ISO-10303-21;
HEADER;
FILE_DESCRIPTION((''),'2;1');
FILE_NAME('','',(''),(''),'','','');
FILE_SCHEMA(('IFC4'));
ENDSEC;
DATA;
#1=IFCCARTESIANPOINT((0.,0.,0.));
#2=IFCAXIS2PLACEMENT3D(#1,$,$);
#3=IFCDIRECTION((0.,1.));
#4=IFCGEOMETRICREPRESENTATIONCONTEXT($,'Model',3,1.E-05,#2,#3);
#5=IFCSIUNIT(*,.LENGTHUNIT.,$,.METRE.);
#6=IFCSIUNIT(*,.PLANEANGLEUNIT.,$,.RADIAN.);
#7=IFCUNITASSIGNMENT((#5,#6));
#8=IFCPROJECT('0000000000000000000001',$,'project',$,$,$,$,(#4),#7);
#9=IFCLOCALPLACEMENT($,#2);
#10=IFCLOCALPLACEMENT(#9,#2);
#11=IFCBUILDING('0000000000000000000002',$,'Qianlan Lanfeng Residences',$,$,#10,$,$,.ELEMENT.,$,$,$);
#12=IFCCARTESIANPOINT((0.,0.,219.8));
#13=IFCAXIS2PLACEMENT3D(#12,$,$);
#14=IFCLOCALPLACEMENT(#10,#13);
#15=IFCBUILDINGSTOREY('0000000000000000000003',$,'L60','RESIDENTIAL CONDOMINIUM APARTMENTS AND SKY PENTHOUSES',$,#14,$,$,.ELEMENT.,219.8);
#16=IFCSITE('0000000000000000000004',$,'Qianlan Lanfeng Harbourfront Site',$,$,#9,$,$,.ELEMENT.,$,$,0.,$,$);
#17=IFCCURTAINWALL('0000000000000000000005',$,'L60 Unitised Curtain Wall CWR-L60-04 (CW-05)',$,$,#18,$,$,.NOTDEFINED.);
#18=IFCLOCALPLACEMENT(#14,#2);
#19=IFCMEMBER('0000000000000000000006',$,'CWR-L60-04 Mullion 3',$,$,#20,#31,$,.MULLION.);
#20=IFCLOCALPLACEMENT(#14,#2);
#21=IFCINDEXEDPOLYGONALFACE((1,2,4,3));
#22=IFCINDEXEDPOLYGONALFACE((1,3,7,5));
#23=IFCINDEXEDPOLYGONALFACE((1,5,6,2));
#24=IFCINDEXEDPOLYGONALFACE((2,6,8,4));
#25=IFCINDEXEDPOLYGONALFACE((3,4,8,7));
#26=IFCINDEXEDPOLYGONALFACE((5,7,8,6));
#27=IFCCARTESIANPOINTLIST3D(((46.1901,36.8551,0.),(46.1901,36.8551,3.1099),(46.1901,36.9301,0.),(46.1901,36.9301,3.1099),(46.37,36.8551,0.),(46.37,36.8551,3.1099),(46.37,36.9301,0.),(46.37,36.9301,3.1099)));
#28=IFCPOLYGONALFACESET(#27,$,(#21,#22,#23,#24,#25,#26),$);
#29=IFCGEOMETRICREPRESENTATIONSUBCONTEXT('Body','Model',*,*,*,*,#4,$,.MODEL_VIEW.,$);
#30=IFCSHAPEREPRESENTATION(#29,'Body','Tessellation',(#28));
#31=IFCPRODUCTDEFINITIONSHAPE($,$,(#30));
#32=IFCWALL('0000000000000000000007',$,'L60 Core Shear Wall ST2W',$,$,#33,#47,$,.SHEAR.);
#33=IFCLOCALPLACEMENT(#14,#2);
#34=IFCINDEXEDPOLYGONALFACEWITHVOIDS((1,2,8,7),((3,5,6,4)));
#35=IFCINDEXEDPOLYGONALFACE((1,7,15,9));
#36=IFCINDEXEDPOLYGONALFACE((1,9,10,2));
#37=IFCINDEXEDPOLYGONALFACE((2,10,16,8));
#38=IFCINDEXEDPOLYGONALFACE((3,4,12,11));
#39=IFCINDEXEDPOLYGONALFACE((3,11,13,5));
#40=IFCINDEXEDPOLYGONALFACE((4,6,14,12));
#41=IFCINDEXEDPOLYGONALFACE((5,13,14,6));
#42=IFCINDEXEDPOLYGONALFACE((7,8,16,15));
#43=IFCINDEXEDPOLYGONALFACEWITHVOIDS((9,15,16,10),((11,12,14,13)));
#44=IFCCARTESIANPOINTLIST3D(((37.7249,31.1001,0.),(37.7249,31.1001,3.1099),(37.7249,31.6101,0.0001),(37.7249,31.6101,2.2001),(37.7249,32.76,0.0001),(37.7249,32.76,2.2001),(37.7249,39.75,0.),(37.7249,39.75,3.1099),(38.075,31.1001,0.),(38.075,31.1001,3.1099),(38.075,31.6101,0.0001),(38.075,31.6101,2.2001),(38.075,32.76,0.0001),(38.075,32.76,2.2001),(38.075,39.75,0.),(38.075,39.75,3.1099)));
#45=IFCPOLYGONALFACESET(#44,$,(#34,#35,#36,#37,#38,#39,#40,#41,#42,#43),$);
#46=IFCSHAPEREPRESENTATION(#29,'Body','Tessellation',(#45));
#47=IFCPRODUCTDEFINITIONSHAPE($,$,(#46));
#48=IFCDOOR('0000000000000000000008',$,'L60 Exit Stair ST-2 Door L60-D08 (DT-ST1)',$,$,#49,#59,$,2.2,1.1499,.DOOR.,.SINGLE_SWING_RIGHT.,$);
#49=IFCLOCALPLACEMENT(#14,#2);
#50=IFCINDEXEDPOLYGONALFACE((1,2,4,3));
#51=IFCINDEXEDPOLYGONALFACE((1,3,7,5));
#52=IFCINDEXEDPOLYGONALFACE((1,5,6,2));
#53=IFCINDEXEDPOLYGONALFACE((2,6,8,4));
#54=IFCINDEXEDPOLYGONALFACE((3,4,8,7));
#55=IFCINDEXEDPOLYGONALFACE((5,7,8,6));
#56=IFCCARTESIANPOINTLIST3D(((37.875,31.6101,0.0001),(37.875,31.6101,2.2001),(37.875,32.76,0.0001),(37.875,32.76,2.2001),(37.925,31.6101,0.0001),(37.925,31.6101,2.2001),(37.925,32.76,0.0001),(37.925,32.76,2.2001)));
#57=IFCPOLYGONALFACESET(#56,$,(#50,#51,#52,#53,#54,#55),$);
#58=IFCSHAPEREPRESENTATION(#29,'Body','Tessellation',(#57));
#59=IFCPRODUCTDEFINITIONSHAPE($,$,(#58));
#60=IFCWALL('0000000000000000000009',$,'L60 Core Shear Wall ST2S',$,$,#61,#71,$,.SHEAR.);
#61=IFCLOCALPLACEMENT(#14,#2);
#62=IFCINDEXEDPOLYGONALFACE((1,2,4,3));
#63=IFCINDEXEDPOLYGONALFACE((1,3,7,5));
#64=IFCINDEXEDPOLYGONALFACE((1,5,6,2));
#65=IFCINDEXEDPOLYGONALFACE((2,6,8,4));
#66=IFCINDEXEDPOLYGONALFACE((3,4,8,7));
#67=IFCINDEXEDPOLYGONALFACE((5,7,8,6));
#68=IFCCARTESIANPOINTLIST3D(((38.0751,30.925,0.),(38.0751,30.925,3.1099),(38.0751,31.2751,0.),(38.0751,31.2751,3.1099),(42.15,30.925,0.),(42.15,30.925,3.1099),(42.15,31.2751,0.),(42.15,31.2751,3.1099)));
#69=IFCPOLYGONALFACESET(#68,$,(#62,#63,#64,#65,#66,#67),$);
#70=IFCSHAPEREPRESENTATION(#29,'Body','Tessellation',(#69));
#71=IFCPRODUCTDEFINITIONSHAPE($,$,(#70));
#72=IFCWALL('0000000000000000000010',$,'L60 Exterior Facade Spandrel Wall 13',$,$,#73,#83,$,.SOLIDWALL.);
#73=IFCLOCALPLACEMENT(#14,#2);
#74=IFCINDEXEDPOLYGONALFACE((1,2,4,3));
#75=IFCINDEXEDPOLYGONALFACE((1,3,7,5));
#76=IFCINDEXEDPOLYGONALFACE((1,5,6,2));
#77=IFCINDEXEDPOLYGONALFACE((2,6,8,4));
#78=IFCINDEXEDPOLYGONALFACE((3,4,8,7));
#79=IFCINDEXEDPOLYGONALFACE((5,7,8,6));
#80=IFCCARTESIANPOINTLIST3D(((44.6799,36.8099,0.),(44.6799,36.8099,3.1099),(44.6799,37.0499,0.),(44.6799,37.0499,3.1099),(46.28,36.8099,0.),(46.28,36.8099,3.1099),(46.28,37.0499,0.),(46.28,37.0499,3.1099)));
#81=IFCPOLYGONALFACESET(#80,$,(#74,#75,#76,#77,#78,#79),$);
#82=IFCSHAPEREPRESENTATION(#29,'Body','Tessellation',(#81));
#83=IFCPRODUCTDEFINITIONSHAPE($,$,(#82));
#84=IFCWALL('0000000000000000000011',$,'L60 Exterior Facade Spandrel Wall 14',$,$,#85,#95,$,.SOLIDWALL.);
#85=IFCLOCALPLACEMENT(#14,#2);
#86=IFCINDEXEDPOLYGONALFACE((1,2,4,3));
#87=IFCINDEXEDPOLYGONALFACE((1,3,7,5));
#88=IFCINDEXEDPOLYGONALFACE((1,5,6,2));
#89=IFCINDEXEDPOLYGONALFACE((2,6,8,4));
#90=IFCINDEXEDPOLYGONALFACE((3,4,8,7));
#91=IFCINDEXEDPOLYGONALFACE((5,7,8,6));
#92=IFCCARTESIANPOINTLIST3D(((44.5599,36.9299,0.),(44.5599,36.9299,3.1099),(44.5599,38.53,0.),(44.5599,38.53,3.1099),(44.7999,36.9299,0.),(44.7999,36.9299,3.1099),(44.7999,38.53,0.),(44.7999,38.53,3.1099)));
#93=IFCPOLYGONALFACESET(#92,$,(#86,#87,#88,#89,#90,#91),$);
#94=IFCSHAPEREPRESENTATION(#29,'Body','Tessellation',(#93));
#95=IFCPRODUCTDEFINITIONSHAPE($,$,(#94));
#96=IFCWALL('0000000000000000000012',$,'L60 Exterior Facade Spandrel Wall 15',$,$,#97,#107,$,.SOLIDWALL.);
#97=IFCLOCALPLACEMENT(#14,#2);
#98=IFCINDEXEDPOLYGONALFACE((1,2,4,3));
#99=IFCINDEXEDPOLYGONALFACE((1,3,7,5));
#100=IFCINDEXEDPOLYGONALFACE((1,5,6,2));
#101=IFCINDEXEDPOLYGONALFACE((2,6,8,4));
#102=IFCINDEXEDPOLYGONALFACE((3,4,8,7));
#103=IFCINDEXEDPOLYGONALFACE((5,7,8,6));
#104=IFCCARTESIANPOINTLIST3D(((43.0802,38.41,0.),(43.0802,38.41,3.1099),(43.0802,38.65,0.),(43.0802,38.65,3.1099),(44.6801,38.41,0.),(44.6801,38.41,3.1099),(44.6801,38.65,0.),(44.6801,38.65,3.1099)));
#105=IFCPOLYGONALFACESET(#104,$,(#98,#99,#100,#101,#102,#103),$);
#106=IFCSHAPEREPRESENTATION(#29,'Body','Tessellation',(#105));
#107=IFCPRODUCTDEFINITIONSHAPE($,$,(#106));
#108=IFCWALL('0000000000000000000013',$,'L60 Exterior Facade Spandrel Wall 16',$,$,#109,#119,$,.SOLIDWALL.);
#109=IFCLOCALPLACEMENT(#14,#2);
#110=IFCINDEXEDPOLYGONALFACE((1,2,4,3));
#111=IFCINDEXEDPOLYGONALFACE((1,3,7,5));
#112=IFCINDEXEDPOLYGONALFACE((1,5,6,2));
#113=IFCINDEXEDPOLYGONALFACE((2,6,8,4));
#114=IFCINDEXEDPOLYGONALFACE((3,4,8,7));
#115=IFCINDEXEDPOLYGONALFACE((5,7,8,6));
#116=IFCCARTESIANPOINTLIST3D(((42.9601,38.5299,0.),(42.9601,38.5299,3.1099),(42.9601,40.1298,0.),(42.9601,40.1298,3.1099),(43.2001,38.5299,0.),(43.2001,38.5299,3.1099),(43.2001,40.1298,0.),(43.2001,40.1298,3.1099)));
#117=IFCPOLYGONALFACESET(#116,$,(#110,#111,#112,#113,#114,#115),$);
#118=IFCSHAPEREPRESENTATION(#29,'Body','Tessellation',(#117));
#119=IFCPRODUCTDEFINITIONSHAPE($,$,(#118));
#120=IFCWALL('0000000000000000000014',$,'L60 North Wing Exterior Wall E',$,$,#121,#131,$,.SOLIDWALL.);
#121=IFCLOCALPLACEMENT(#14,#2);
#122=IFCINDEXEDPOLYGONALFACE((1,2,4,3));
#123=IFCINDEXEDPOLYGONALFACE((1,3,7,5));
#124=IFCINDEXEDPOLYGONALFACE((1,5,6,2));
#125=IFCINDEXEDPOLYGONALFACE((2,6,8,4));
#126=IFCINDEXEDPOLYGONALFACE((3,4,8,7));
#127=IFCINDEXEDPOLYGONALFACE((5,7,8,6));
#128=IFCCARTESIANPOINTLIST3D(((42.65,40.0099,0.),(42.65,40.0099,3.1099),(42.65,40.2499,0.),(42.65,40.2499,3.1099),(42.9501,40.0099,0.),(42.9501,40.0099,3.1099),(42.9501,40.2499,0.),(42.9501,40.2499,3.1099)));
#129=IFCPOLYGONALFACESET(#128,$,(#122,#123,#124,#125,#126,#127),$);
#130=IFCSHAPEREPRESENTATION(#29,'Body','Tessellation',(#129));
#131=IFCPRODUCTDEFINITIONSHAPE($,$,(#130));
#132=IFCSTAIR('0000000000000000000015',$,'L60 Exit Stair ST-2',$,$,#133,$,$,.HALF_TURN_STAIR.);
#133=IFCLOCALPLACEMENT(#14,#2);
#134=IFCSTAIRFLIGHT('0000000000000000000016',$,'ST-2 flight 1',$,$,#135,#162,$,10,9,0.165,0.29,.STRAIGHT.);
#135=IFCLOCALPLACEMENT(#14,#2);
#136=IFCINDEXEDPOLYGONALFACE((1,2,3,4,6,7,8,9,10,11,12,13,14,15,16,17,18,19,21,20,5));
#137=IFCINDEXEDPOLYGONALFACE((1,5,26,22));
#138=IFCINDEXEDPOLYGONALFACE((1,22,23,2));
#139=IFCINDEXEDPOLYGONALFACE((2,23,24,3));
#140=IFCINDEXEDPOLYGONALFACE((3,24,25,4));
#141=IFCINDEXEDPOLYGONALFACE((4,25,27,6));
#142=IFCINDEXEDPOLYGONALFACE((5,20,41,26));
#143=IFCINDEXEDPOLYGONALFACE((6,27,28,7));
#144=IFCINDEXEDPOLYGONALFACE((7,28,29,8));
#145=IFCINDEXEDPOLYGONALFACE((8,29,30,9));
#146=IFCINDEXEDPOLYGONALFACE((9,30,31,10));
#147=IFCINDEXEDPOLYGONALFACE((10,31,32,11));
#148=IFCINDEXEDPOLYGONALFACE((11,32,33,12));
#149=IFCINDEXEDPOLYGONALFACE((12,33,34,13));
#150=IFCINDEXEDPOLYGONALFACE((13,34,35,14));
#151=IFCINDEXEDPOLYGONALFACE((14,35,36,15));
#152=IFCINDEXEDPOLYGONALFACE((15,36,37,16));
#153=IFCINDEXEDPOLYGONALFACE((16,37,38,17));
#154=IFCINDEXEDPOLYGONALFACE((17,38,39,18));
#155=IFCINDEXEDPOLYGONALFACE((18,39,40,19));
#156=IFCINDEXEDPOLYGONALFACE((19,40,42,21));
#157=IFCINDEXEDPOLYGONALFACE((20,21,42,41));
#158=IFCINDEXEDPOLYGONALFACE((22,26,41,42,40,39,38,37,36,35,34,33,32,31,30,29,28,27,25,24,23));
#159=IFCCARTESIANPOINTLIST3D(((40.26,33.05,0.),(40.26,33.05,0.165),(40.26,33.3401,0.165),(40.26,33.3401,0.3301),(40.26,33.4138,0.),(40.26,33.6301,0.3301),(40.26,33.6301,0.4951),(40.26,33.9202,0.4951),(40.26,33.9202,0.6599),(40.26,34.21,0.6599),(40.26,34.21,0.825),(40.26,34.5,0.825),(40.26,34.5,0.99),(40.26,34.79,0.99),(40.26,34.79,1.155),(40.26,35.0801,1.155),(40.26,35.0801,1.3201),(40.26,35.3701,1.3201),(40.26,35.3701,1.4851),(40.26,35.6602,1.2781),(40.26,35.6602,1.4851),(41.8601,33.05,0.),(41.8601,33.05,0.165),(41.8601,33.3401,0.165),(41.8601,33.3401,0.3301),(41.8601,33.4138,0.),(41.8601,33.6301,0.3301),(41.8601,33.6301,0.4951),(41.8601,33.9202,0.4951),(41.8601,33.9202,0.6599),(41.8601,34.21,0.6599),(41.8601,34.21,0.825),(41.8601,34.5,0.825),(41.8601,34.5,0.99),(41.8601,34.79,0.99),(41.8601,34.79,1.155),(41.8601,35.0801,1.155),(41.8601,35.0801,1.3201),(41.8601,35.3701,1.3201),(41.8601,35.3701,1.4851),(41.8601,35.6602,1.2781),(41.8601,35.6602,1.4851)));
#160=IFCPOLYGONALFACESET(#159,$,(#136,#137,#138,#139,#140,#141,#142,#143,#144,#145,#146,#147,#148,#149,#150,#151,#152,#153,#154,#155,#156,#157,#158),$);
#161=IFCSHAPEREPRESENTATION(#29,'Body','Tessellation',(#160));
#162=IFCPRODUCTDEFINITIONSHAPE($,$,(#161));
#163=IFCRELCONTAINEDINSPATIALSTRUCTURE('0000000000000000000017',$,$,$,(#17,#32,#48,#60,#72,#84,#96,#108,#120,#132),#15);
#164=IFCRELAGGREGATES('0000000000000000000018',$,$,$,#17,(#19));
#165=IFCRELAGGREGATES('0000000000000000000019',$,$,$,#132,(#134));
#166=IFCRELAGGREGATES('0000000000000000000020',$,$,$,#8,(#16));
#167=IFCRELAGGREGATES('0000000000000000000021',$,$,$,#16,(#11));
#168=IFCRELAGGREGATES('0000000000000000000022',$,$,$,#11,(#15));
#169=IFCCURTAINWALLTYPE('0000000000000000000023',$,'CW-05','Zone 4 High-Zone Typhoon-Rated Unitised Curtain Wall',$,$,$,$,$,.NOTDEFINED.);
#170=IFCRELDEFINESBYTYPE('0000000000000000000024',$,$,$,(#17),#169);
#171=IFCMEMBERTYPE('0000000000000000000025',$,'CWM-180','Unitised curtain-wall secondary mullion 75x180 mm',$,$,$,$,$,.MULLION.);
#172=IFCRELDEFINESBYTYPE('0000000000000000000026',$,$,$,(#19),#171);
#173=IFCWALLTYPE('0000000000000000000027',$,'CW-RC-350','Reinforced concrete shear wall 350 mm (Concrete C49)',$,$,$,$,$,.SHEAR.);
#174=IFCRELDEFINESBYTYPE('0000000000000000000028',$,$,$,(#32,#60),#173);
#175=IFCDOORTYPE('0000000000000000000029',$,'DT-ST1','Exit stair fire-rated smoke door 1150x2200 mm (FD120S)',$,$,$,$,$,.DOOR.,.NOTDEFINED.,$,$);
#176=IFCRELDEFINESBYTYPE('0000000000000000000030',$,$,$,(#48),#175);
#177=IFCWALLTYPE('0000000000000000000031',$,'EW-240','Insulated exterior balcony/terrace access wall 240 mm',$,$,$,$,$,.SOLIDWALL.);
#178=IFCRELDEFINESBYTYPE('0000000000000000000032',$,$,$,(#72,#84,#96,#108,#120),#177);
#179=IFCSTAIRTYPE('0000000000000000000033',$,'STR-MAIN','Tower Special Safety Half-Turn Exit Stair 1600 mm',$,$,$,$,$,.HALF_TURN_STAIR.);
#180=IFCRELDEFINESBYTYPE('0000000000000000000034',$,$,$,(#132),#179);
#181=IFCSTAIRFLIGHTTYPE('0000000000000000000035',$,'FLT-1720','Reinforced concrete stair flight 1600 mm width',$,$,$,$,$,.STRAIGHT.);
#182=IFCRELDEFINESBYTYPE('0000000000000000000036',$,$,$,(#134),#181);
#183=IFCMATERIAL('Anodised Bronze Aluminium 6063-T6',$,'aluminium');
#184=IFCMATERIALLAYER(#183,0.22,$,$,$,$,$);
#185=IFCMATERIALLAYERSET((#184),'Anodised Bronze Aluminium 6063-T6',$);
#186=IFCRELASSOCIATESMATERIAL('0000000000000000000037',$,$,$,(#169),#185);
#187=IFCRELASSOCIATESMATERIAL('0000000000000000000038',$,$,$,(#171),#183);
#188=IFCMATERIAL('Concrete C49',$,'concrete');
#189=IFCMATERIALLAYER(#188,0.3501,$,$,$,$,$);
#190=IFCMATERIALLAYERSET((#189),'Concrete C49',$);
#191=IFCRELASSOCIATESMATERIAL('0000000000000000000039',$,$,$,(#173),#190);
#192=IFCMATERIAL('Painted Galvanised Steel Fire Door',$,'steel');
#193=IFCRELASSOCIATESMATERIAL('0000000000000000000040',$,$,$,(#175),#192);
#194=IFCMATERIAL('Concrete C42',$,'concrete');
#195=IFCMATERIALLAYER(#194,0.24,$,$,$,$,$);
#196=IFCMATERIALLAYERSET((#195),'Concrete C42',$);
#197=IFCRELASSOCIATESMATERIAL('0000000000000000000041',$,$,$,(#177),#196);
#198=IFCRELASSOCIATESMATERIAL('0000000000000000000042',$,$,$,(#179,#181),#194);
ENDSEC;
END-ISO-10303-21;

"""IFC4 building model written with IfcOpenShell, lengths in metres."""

from ifc_helpers import new_model, si_unit, direction, frame, frame_2d, origin, origin_2d, place, context, subcontext, project, spatial, polyline, rectangle, outline, extrude, source, transform, mapped, material, layer, layer_set, material_profile, profile_set, type_object, element, fill, aggregate, save


model = new_model("IFC4")

# Units and contexts
model_context = context("Model", 3, precision=1e-05, world=origin(), true_north=direction((0.0, 1.0)))
body_context = subcontext(model_context, "Body", "Model", "MODEL_VIEW")
ifc_project = project(units=[si_unit("LENGTHUNIT", "METRE"), si_unit("PLANEANGLEUNIT", "RADIAN")], contexts=[model_context])

# Site, building, storey
site_placement = place(None, origin())
site = spatial("IfcSite", under=ifc_project, at=site_placement, Name="Qianlan Lanfeng Harbourfront Site", CompositionType="ELEMENT", RefElevation=0.0)
building_placement = place(site_placement, origin())
building = spatial("IfcBuilding", under=site, at=building_placement, Name="Qianlan Lanfeng Residences", CompositionType="ELEMENT")
storey_placement = place(building_placement, frame((0.0, 0.0, 219.8)))
storey = spatial("IfcBuildingStorey", under=building, at=storey_placement, Name="L60", Description="RESIDENTIAL CONDOMINIUM APARTMENTS AND SKY PENTHOUSES", CompositionType="ELEMENT", Elevation=219.8)

# Curtain wall, member
ifc_material_1 = material(Name="Anodised Bronze Aluminium 6063-T6", Category="aluminium")
ifc_layer_1 = layer(ifc_material_1, 0.22)
ifc_layer_set_1 = layer_set([ifc_layer_1], Name="Anodised Bronze Aluminium 6063-T6")
curtain_wall_type = type_object("IfcCurtainWallType", Name="CW-05", Description="Zone 4 High-Zone Typhoon-Rated Unitised Curtain Wall", PredefinedType="NOTDEFINED", material=ifc_layer_set_1)
curtain_wall_placement = place(storey_placement, origin())
curtain_wall = element("IfcCurtainWall", 1, at=curtain_wall_placement, inside=storey, type_object=curtain_wall_type, Name="L60 Unitised Curtain Wall CWR-L60-04 (CW-05)", PredefinedType="NOTDEFINED")
ifc_material_profile = material_profile(ifc_material_1, rectangle(XDim=0.075, YDim=0.1799, at=origin_2d()), Name="ALU MULLION 75x180")
ifc_profile_set = profile_set([ifc_material_profile], Name="Anodised Bronze Aluminium 6063-T6")
member_type = type_object("IfcMemberType", Name="CWM-180", Description="Unitised curtain-wall secondary mullion 75x180 mm", PredefinedType="MULLION", material=ifc_profile_set)
shared_shape = source(origin(), body_context, "Body", "SweptSolid", [
    extrude(rectangle(XDim=0.075, YDim=0.1799, at=origin_2d()), origin(), (0.0, 0.0, 1.0), 3.1099),
])
member_placement = place(storey_placement, frame((46.28, 36.8926, 0.0), z_axis=(0.0, 0.0, 1.0), x_axis=(0.0, 1.0, 0.0)))
member = element("IfcMember", 2, at=member_placement, type_object=member_type, Name="CWR-L60-04 Mullion 3", PredefinedType="MULLION", context=body_context, shape_type="MappedRepresentation", body=[
    mapped(shared_shape, transform((0.0, 0.0, 0.0), scale=1.0)),
])
aggregate(curtain_wall, [member])

# Wall, opening, door
ifc_material_2 = material(Name="Concrete C49", Category="concrete")
ifc_layer_2 = layer(ifc_material_2, 0.3501)
ifc_layer_set_2 = layer_set([ifc_layer_2], Name="Concrete C49")
wall_type_1 = type_object("IfcWallType", Name="CW-RC-350", Description="Reinforced concrete shear wall 350 mm (Concrete C49)", PredefinedType="SHEAR", material=ifc_layer_set_2)
wall_1_placement = place(storey_placement, frame((37.8999, 31.1001, 0.0), z_axis=(0.0, 0.0, 1.0), x_axis=(0.0, 1.0, 0.0)))
wall_1 = element("IfcWall", 3, at=wall_1_placement, inside=storey, type_object=wall_type_1, Name="L60 Core Shear Wall ST2W", PredefinedType="SHEAR", context=body_context, shape_type="SweptSolid", body=[
    extrude(rectangle(XDim=8.6499, YDim=0.3501, at=frame_2d((4.325, 0.0))), origin(), (0.0, 0.0, 1.0), 3.1099),
])
opening_1_placement = place(wall_1_placement, frame((0.51, 0.0, 0.0)))
opening_1 = element("IfcOpeningElement", 4, at=opening_1_placement, cuts=wall_1, PredefinedType="OPENING", context=body_context, shape_type="SweptSolid", body=[
    extrude(rectangle(XDim=1.1499, YDim=2.2, at=frame_2d((0.575, 1.1001))), frame((0.0, 0.1851, 0.0), z_axis=(0.0, -1.0, 0.0), x_axis=(1.0, 0.0, 0.0)), (0.0, 0.0, 1.0), 0.3701),
])
ifc_material_3 = material(Name="Painted Galvanised Steel Fire Door", Category="steel")
door_type_1 = type_object("IfcDoorType", Name="DT-ST1", Description="Exit stair fire-rated smoke door 1150x2200 mm (FD120S)", OperationType="NOTDEFINED", PredefinedType="DOOR", material=ifc_material_3)
door_1_placement = place(opening_1_placement, origin())
door_1 = element("IfcDoor", 5, at=door_1_placement, inside=storey, type_object=door_type_1, Name="L60 Exit Stair ST-2 Door L60-D08 (DT-ST1)", OperationType="SINGLE_SWING_RIGHT", OverallHeight=2.2, OverallWidth=1.1499, PredefinedType="DOOR", context=body_context, shape_type="SweptSolid", body=[
    extrude(rectangle(XDim=1.1499, YDim=2.2, at=frame_2d((0.575, 1.1001))), frame((0.0, 0.0249, 0.0), z_axis=(0.0, -1.0, 0.0), x_axis=(1.0, 0.0, 0.0)), (0.0, 0.0, 1.0), 0.05),
])
fill(opening_1, door_1)

# Walls
wall_2_placement = place(storey_placement, frame((38.075, 31.1001, 0.0), z_axis=(0.0, 0.0, 1.0), x_axis=(1.0, 0.0, 0.0)))
element("IfcWall", 6, at=wall_2_placement, inside=storey, type_object=wall_type_1, Name="L60 Core Shear Wall ST2S", PredefinedType="SHEAR", context=body_context, shape_type="SweptSolid", body=[
    extrude(rectangle(XDim=4.075, YDim=0.3501, at=frame_2d((2.0376, 0.0))), origin(), (0.0, 0.0, 1.0), 3.1099),
])
ifc_material_4 = material(Name="Concrete C42", Category="concrete")
ifc_layer_3 = layer(ifc_material_4, 0.24)
ifc_layer_set_3 = layer_set([ifc_layer_3], Name="Concrete C42")
wall_type_2 = type_object("IfcWallType", Name="EW-240", Description="Insulated exterior balcony/terrace access wall 240 mm", PredefinedType="SOLIDWALL", material=ifc_layer_set_3)
for number, where, z_axis, x_axis, name in (
    (7, (46.28, 36.9299, 0.0), (0.0, 0.0, 1.0), (-1.0, 0.0, 0.0), "L60 Exterior Facade Spandrel Wall 13"),
    (8, (44.6799, 36.9299, 0.0), (0.0, 0.0, 1.0), (0.0, 1.0, 0.0), "L60 Exterior Facade Spandrel Wall 14"),
):
    element("IfcWall", number, at=place(storey_placement, frame(where, z_axis=z_axis, x_axis=x_axis)), inside=storey, type_object=wall_type_2, Name=name, PredefinedType="SOLIDWALL", context=body_context, shape_type="SweptSolid", body=[
        extrude(rectangle(XDim=1.6001, YDim=0.24, at=frame_2d((0.8, 0.0))), origin(), (0.0, 0.0, 1.0), 3.1099),
    ])
for number, where, z_axis, x_axis, name in (
    (9, (44.6799, 38.53, 0.0), (0.0, 0.0, 1.0), (-1.0, 0.0, 0.0), "L60 Exterior Facade Spandrel Wall 15"),
    (10, (43.0801, 38.53, 0.0), (0.0, 0.0, 1.0), (0.0, 1.0, 0.0), "L60 Exterior Facade Spandrel Wall 16"),
):
    element("IfcWall", number, at=place(storey_placement, frame(where, z_axis=z_axis, x_axis=x_axis)), inside=storey, type_object=wall_type_2, Name=name, PredefinedType="SOLIDWALL", context=body_context, shape_type="SweptSolid", body=[
        extrude(rectangle(XDim=1.5999, YDim=0.24, at=frame_2d((0.7998, 0.0))), origin(), (0.0, 0.0, 1.0), 3.1099),
    ])
wall_3_placement = place(storey_placement, frame((42.95, 40.1299, 0.0), z_axis=(0.0, 0.0, 1.0), x_axis=(-1.0, 0.0, 0.0)))
element("IfcWall", 11, at=wall_3_placement, inside=storey, type_object=wall_type_2, Name="L60 North Wing Exterior Wall E", PredefinedType="SOLIDWALL", context=body_context, shape_type="SweptSolid", body=[
    extrude(rectangle(XDim=0.3, YDim=0.24, at=frame_2d((0.1499, 0.0))), origin(), (0.0, 0.0, 1.0), 3.1099),
])

# Stair, stair flight
stair_type = type_object("IfcStairType", Name="STR-MAIN", Description="Tower Special Safety Half-Turn Exit Stair 1600 mm", PredefinedType="HALF_TURN_STAIR", material=ifc_material_4)
stair_placement = place(storey_placement, origin())
stair = element("IfcStair", 12, at=stair_placement, inside=storey, type_object=stair_type, Name="L60 Exit Stair ST-2", PredefinedType="HALF_TURN_STAIR")
stair_flight_type = type_object("IfcStairFlightType", Name="FLT-1720", Description="Reinforced concrete stair flight 1600 mm width", PredefinedType="STRAIGHT", material=ifc_material_4)
stair_flight_1_placement = place(storey_placement, frame((41.0601, 33.05, 0.0), z_axis=(0.0, 0.0, 1.0), x_axis=(0.0, 1.0, 0.0)))
stair_flight_1 = element("IfcStairFlight", 13, at=stair_flight_1_placement, type_object=stair_flight_type, Name="ST-2 flight 1", NumberOfRisers=10, NumberOfTreads=9, PredefinedType="STRAIGHT", RiserHeight=0.165, TreadLength=0.29, context=body_context, shape_type="SweptSolid", body=[
    extrude(outline(polyline([(0.0, 0.0), (0.0, 0.165), (0.29, 0.165), (0.29, 0.3301), (0.5801, 0.3301), (0.5801, 0.4951), (0.8701, 0.4951), (0.8701, 0.6599), (1.1599, 0.6599), (1.1599, 0.825), (1.45, 0.825), (1.45, 0.99), (1.74, 0.99), (1.74, 1.155), (2.03, 1.155), (2.03, 1.3201), (2.3201, 1.3201), (2.3201, 1.4851), (2.6101, 1.4851), (2.6101, 1.6499), (2.6101, 1.2781), (0.3638, 0.0), (0.0, 0.0)])), frame((0.0, 0.8, 0.0), z_axis=(0.0, -1.0, 0.0), x_axis=(1.0, 0.0, 0.0)), (0.0, 0.0, 1.0), 1.6001),
])
aggregate(stair, [stair_flight_1])

save(model, "model.ifc")
